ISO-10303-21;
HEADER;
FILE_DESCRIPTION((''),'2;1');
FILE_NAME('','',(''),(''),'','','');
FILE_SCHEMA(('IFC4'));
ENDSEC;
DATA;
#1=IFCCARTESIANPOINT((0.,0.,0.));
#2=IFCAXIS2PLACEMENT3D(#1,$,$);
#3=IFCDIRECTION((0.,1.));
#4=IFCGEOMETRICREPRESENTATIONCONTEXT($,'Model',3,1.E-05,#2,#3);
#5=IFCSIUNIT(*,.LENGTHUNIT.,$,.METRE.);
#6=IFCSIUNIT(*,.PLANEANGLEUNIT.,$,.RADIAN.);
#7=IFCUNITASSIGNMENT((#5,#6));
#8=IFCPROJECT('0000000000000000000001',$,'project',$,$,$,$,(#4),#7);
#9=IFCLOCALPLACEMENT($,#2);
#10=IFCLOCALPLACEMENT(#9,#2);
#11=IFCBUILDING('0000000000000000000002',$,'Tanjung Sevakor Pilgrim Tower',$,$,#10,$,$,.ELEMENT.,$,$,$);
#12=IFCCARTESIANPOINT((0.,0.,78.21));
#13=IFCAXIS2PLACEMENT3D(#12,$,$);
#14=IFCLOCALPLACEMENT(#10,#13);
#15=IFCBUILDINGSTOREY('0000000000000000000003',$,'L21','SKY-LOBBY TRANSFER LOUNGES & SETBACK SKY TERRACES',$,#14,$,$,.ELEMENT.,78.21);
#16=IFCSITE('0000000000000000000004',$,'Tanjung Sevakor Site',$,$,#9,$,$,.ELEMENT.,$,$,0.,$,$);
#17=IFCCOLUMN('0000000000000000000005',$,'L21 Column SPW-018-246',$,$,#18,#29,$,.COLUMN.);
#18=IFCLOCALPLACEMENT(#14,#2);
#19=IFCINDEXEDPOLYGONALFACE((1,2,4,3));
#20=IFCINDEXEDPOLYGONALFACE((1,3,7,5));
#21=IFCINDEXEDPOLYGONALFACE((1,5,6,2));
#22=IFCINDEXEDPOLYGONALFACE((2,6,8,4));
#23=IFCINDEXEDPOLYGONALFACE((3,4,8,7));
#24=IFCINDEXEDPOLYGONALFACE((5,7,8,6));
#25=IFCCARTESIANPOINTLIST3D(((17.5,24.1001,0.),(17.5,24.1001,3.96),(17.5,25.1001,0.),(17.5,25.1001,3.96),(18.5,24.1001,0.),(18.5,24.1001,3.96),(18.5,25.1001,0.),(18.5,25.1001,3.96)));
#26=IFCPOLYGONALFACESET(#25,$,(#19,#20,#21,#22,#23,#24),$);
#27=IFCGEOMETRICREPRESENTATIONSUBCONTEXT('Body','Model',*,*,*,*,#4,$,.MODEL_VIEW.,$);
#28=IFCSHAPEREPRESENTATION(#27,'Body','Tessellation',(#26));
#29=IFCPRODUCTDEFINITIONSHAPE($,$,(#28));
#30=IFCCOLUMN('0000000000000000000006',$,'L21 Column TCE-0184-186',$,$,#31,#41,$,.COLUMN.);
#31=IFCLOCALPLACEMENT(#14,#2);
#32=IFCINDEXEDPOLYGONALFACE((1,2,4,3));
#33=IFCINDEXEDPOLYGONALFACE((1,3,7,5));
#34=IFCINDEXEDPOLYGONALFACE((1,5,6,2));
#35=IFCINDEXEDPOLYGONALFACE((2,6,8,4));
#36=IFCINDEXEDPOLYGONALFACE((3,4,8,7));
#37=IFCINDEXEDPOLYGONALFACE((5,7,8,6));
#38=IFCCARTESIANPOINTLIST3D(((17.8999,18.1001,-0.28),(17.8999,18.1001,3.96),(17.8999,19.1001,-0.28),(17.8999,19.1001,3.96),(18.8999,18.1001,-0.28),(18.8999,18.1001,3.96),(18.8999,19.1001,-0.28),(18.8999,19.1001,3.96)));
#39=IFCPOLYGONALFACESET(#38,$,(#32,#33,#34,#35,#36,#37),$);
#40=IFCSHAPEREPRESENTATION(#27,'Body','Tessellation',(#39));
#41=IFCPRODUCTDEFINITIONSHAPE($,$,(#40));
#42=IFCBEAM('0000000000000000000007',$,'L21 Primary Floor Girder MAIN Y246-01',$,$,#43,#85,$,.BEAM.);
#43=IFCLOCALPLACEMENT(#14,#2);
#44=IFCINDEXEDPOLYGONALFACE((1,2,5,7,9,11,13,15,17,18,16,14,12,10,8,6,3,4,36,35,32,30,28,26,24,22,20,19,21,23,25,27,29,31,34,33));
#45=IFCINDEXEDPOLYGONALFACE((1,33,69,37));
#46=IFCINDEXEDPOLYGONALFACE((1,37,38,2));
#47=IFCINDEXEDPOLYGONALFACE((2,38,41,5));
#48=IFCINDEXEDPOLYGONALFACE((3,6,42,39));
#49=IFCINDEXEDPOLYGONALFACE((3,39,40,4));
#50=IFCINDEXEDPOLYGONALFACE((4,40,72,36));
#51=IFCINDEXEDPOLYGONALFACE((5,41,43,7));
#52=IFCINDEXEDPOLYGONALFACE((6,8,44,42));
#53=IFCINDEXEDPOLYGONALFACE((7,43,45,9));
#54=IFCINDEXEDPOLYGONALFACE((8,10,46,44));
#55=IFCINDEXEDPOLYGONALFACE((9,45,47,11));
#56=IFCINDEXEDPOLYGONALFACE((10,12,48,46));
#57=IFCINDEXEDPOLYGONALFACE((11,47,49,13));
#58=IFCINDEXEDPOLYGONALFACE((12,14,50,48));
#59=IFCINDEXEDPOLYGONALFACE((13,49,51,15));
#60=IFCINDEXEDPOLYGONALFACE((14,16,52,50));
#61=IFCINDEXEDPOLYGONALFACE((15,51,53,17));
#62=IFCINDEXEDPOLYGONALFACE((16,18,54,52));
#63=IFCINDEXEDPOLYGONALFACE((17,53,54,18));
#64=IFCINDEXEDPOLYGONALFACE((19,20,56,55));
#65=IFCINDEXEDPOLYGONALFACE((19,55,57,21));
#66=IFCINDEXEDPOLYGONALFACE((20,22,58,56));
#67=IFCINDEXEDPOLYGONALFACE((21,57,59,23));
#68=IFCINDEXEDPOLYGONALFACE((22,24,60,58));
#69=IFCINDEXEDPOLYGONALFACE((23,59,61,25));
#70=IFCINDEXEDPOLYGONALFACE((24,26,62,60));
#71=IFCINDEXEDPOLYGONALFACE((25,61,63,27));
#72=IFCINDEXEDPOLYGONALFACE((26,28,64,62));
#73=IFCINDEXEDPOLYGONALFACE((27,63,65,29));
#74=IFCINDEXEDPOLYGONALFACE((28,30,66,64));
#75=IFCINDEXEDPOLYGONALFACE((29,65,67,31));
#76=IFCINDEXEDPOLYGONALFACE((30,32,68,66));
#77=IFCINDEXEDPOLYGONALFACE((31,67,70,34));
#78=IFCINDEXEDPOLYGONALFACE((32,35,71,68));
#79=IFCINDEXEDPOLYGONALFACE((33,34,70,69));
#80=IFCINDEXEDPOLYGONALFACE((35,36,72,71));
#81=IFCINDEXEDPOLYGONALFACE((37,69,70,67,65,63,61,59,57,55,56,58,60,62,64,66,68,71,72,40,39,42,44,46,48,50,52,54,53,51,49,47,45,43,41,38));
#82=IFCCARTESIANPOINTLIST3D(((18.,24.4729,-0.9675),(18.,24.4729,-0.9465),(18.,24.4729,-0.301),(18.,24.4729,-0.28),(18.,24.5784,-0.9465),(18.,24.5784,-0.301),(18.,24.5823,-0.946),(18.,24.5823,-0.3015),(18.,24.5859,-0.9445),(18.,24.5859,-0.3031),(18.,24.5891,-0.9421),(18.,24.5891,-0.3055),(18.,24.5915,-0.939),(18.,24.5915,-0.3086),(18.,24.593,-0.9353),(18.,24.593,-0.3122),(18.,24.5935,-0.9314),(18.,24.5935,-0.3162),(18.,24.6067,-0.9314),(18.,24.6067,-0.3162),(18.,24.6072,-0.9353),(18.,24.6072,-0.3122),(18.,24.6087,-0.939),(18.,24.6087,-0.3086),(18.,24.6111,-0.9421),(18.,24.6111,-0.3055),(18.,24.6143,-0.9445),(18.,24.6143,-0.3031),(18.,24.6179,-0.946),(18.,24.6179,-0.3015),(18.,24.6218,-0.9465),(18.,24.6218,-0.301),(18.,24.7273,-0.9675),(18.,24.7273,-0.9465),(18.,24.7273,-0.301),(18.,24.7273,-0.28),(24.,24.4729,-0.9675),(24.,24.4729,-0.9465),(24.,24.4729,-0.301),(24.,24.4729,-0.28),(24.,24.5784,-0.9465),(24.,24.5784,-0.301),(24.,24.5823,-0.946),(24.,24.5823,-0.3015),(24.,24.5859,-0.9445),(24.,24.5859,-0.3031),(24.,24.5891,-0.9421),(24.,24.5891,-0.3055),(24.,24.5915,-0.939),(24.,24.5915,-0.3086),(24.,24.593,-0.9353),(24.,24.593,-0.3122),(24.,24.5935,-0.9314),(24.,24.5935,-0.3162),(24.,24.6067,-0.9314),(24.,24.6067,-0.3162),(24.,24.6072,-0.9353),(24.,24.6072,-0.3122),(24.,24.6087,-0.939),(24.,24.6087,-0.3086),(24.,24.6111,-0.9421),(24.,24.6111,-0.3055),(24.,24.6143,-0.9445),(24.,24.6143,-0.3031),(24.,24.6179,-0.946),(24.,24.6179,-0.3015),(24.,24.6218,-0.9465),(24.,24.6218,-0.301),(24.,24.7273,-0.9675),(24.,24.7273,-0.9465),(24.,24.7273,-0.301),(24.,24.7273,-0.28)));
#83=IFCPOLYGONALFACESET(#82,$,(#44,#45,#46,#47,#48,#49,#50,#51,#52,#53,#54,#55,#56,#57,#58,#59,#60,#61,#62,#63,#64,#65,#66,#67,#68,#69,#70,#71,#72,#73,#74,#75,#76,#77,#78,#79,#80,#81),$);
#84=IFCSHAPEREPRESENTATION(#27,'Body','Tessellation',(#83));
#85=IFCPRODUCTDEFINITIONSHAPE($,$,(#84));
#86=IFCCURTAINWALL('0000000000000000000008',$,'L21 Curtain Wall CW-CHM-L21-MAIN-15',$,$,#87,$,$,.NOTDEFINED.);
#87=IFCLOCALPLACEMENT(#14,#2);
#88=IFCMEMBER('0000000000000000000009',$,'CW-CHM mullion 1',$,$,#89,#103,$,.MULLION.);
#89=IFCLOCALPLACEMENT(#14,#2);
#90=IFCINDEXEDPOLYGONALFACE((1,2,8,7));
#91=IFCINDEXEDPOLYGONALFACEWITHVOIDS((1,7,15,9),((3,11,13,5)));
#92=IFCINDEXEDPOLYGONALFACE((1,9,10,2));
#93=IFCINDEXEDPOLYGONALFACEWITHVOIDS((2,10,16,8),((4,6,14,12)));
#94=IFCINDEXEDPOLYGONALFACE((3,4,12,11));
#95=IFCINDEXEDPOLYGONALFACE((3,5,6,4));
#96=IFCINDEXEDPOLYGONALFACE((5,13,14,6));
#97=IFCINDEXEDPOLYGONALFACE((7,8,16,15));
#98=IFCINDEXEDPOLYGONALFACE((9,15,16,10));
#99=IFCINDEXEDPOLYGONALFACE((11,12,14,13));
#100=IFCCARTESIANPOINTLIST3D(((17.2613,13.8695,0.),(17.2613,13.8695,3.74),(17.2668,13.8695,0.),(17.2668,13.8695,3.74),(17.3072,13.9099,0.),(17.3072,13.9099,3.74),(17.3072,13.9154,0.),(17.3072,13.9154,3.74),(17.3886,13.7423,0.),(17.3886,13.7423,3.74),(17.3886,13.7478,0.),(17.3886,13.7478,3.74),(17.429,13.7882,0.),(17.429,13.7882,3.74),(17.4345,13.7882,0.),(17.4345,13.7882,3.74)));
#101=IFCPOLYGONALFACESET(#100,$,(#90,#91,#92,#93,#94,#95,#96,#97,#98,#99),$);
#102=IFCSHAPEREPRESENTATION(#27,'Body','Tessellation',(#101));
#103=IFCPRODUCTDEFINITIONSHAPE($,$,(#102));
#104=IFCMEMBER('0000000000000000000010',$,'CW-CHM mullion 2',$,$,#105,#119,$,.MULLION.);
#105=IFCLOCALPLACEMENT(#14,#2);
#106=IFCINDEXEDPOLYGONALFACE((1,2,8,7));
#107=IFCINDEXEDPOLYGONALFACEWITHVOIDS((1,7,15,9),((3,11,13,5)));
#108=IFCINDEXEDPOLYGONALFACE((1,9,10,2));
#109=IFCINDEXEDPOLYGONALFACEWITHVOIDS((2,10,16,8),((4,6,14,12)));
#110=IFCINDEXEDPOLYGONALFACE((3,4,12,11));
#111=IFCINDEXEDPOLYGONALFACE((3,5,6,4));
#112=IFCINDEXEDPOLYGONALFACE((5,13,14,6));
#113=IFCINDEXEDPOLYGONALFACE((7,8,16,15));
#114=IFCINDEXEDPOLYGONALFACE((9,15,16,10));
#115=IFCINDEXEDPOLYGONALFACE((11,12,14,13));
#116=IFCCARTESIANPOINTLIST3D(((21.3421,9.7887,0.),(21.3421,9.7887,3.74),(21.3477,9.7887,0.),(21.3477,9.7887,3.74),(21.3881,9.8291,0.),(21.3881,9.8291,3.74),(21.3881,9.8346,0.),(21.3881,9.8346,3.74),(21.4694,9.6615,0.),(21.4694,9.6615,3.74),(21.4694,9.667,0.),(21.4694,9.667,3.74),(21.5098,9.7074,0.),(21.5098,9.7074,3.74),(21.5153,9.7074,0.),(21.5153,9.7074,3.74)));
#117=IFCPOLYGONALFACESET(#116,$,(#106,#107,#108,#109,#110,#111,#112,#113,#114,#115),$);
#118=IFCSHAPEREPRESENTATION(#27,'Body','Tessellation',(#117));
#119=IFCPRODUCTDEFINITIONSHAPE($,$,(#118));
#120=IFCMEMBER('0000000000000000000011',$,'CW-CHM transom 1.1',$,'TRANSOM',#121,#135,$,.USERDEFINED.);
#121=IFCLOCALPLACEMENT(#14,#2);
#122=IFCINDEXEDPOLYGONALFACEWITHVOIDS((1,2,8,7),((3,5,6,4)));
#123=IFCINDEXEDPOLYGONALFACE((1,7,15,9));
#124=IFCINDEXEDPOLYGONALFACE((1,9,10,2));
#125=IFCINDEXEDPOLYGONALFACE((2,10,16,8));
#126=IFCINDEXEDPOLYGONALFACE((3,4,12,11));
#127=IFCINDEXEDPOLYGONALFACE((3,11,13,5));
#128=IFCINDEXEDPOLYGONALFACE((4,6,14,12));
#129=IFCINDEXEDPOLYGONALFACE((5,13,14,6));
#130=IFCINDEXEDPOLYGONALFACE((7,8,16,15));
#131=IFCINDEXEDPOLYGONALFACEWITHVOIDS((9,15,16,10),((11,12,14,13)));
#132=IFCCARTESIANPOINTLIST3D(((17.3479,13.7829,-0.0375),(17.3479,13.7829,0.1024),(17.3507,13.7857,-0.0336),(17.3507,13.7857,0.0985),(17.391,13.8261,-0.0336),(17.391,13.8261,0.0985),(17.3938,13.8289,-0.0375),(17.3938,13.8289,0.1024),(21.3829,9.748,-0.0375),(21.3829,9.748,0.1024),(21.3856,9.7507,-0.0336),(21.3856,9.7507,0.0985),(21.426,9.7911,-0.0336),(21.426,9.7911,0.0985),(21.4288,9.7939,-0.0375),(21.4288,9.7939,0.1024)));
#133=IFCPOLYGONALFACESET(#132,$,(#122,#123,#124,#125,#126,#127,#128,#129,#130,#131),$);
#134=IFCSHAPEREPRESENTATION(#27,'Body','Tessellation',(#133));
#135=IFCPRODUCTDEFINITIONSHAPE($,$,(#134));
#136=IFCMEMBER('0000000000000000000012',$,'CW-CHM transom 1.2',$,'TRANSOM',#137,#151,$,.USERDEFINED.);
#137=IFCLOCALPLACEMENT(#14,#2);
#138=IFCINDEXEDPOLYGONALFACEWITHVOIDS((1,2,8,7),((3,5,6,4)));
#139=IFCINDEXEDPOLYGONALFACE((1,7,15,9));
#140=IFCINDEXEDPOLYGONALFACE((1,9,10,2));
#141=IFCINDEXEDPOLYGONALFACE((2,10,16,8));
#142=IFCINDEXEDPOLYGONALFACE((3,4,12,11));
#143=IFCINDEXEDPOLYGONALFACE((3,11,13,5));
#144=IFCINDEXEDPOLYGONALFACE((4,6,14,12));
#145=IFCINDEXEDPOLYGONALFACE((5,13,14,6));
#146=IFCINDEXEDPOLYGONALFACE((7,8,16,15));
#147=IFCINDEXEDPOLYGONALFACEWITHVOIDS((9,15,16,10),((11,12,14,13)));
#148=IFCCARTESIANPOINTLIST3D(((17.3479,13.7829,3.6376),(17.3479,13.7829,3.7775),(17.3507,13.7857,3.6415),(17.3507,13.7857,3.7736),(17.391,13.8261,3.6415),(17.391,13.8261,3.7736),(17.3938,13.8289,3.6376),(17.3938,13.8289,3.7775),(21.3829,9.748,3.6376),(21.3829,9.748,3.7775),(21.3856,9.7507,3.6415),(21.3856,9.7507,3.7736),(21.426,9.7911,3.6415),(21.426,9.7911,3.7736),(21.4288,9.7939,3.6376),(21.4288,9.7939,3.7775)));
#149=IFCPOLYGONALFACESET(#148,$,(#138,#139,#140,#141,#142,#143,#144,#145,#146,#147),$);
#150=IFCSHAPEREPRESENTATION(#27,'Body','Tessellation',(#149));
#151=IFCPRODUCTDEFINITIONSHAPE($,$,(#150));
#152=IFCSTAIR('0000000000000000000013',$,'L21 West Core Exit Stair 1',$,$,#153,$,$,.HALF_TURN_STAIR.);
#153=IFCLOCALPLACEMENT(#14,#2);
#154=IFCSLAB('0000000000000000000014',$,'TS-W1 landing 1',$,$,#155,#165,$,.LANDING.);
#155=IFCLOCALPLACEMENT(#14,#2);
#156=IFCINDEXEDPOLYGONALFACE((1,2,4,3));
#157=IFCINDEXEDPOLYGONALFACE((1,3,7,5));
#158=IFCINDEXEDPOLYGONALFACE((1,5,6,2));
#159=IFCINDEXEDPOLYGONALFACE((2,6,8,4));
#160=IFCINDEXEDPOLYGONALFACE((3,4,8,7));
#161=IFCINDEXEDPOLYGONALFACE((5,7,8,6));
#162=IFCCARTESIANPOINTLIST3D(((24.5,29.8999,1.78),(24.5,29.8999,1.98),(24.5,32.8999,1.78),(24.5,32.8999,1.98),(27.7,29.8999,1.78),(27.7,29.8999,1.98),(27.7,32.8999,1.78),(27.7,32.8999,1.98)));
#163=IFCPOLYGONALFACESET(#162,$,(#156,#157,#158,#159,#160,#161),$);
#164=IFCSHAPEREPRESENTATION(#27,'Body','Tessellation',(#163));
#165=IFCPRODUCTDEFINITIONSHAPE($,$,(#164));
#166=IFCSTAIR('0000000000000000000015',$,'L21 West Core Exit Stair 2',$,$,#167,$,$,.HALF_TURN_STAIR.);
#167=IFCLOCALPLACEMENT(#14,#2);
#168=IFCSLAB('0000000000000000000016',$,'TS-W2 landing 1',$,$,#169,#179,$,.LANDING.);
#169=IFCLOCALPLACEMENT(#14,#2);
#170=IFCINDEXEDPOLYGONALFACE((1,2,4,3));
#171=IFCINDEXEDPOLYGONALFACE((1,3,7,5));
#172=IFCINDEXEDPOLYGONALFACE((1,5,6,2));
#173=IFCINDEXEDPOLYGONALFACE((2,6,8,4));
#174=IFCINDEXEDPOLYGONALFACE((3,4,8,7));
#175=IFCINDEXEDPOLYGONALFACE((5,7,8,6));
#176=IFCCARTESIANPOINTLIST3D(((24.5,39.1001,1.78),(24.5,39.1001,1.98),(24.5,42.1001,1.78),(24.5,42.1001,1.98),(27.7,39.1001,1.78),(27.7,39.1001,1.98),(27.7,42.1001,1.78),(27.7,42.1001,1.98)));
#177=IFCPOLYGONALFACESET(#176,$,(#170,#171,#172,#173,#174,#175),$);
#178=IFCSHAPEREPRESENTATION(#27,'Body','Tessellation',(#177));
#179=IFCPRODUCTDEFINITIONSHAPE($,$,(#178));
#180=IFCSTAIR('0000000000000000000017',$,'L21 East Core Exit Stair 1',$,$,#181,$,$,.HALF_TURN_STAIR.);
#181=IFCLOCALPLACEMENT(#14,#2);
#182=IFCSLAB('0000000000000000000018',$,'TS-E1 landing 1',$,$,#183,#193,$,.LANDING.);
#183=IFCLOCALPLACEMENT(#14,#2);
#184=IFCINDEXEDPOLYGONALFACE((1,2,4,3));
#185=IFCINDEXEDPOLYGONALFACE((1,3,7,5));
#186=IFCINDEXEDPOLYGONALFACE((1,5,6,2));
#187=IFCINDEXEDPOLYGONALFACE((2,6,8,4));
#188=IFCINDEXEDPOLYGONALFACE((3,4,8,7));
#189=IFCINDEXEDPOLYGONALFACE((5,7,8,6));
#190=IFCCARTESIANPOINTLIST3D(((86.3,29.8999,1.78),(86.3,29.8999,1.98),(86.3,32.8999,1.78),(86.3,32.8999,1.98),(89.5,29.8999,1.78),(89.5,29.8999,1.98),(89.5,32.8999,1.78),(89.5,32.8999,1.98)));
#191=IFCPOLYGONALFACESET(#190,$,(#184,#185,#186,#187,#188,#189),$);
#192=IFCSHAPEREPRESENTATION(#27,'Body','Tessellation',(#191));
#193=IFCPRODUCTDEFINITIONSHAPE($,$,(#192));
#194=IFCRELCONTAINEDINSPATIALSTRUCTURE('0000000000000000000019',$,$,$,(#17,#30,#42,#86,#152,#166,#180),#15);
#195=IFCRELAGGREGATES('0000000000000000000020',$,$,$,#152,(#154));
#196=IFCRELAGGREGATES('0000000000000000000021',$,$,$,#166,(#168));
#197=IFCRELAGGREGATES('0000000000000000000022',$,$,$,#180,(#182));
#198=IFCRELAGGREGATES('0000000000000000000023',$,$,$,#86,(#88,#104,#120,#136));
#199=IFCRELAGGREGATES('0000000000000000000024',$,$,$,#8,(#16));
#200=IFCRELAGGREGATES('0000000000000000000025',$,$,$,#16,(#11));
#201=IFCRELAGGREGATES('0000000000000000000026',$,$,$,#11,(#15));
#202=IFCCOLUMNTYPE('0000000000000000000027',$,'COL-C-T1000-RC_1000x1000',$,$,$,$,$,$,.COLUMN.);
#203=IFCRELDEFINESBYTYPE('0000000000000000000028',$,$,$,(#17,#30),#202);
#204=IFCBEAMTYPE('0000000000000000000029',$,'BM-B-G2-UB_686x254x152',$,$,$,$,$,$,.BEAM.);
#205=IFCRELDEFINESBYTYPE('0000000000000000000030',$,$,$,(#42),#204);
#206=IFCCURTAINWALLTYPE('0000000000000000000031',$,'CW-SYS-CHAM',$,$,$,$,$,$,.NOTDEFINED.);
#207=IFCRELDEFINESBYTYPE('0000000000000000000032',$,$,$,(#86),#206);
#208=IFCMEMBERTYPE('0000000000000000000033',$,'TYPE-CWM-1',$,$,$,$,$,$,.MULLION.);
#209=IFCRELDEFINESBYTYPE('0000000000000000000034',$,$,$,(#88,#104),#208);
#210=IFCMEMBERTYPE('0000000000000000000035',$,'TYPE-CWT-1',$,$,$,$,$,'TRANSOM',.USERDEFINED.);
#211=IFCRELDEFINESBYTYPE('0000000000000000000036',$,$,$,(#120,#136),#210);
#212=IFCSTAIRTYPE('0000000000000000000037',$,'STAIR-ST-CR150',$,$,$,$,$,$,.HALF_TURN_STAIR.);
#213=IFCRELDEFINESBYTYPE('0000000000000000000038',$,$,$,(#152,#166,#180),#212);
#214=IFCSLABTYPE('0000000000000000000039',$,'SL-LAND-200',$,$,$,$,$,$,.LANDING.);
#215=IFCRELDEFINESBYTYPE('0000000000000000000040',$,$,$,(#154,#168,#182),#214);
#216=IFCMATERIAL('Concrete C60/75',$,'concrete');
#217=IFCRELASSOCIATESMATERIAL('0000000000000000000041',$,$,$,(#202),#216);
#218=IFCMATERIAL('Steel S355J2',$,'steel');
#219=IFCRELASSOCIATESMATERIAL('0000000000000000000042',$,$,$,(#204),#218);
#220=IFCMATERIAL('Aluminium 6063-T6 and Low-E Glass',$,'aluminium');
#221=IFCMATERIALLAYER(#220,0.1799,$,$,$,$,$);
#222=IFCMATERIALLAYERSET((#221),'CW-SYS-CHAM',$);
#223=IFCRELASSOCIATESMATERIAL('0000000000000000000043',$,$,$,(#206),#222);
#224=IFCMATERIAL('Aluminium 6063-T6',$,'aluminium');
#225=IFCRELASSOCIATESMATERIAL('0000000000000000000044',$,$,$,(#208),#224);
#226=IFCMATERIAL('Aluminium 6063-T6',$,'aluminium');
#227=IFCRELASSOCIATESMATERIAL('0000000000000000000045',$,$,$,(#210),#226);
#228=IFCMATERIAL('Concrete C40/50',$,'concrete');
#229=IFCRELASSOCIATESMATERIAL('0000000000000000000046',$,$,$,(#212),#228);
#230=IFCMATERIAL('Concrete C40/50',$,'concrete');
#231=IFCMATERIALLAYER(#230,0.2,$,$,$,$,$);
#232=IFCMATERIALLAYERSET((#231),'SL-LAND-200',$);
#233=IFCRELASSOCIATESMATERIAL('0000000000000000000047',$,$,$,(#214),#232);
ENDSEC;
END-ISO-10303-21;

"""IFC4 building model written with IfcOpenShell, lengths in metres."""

from ifc_helpers import new_model, si_unit, direction, frame, origin, origin_2d, place, context, subcontext, project, spatial, polyline, rectangle, hollow_rectangle, i_section, outline, extrude, material, layer, layer_set, material_profile, profile_set, type_object, element, aggregate, save


model = new_model("IFC4")

# Units and contexts
model_context = context("Model", 3, precision=1e-05, world=origin(), true_north=direction((0.0, 1.0)))
body_context = subcontext(model_context, "Body", "Model", "MODEL_VIEW")
ifc_project = project(units=[si_unit("LENGTHUNIT", "METRE"), si_unit("PLANEANGLEUNIT", "RADIAN")], contexts=[model_context])

# Site, building, storey
site_placement = place(None, origin())
site = spatial("IfcSite", under=ifc_project, at=site_placement, Name="Tanjung Sevakor Site", CompositionType="ELEMENT", RefElevation=0.0)
building_placement = place(site_placement, origin())
building = spatial("IfcBuilding", under=site, at=building_placement, Name="Tanjung Sevakor Pilgrim Tower", CompositionType="ELEMENT")
storey_placement = place(building_placement, frame((0.0, 0.0, 78.21)))
storey = spatial("IfcBuildingStorey", under=building, at=storey_placement, Name="L21", Description="SKY-LOBBY TRANSFER LOUNGES & SETBACK SKY TERRACES", CompositionType="ELEMENT", Elevation=78.21)

# Columns
ifc_material_1 = material(Name="Concrete C60/75", Category="concrete")
ifc_material_profile_1 = material_profile(ifc_material_1, rectangle(XDim=1.0, YDim=1.0, at=origin_2d()))
ifc_profile_set_1 = profile_set([ifc_material_profile_1], Name="Concrete C60/75")
column_type = type_object("IfcColumnType", Name="COL-C-T1000-RC_1000x1000", PredefinedType="COLUMN", material=ifc_profile_set_1)
column_1_placement = place(storey_placement, frame((18.0, 24.6001, 0.0), z_axis=(0.0, 0.0, 1.0), x_axis=(1.0, 0.0, 0.0)))
element("IfcColumn", 1, at=column_1_placement, inside=storey, type_object=column_type, Name="L21 Column SPW-018-246", PredefinedType="COLUMN", context=body_context, shape_type="SweptSolid", body=[
    extrude(rectangle(XDim=1.0, YDim=1.0, at=origin_2d()), origin(), (0.0, 0.0, 1.0), 3.96),
])
column_2_placement = place(storey_placement, frame((18.3999, 18.6001, -0.28), z_axis=(0.0, 0.0, 1.0), x_axis=(1.0, 0.0, 0.0)))
element("IfcColumn", 2, at=column_2_placement, inside=storey, type_object=column_type, Name="L21 Column TCE-0184-186", PredefinedType="COLUMN", context=body_context, shape_type="SweptSolid", body=[
    extrude(rectangle(XDim=1.0, YDim=1.0, at=origin_2d()), origin(), (0.0, 0.0, 1.0), 4.24),
])

# Beam
ifc_material_2 = material(Name="Steel S355J2", Category="steel")
ifc_material_profile_2 = material_profile(ifc_material_2, i_section(OverallWidth=0.2544, OverallDepth=0.6875, WebThickness=0.0132, FlangeThickness=0.021, FilletRadius=0.0151, at=origin_2d()))
ifc_profile_set_2 = profile_set([ifc_material_profile_2], Name="Steel S355J2")
beam_type = type_object("IfcBeamType", Name="BM-B-G2-UB_686x254x152", PredefinedType="BEAM", material=ifc_profile_set_2)
beam_placement = place(storey_placement, frame((18.0, 24.6001, -0.6238), z_axis=(1.0, 0.0, 0.0), x_axis=(0.0, 1.0, 0.0)))
element("IfcBeam", 3, at=beam_placement, inside=storey, type_object=beam_type, Name="L21 Primary Floor Girder MAIN Y246-01", PredefinedType="BEAM", context=body_context, shape_type="SweptSolid", body=[
    extrude(i_section(OverallWidth=0.2544, OverallDepth=0.6875, WebThickness=0.0132, FlangeThickness=0.021, FilletRadius=0.0151, at=origin_2d()), origin(), (0.0, 0.0, 1.0), 6.0),
])

# Curtain wall, members
ifc_material_3 = material(Name="Aluminium 6063-T6 and Low-E Glass", Category="aluminium")
ifc_layer_1 = layer(ifc_material_3, 0.1799)
ifc_layer_set_1 = layer_set([ifc_layer_1], Name="CW-SYS-CHAM")
curtain_wall_type = type_object("IfcCurtainWallType", Name="CW-SYS-CHAM", PredefinedType="NOTDEFINED", material=ifc_layer_set_1)
curtain_wall_placement = place(storey_placement, origin())
curtain_wall = element("IfcCurtainWall", 4, at=curtain_wall_placement, inside=storey, type_object=curtain_wall_type, Name="L21 Curtain Wall CW-CHM-L21-MAIN-15", PredefinedType="NOTDEFINED")
ifc_material_4 = material(Name="Aluminium 6063-T6", Category="aluminium")
ifc_material_profile_3 = material_profile(ifc_material_4, hollow_rectangle(XDim=0.0649, YDim=0.1799, WallThickness=0.0039, at=origin_2d()))
ifc_profile_set_3 = profile_set([ifc_material_profile_3], Name="Aluminium 6063-T6")
member_type_1 = type_object("IfcMemberType", Name="TYPE-CWM-1", PredefinedType="MULLION", material=ifc_profile_set_3)
member_1_placement = place(storey_placement, frame((17.3479, 13.8289, 0.0), z_axis=(0.0, 0.0, 1.0), x_axis=(0.707107, 0.707107, 0.0)))
member_1 = element("IfcMember", 5, at=member_1_placement, type_object=member_type_1, Name="CW-CHM mullion 1", PredefinedType="MULLION", context=body_context, shape_type="SweptSolid", body=[
    extrude(hollow_rectangle(XDim=0.0649, YDim=0.1799, WallThickness=0.0039, at=origin_2d()), origin(), (0.0, 0.0, 1.0), 3.74),
])
member_2_placement = place(storey_placement, frame((21.4287, 9.748, 0.0), z_axis=(0.0, 0.0, 1.0), x_axis=(0.707107, 0.707107, 0.0)))
member_2 = element("IfcMember", 6, at=member_2_placement, type_object=member_type_1, Name="CW-CHM mullion 2", PredefinedType="MULLION", context=body_context, shape_type="SweptSolid", body=[
    extrude(hollow_rectangle(XDim=0.0649, YDim=0.1799, WallThickness=0.0039, at=origin_2d()), origin(), (0.0, 0.0, 1.0), 3.74),
])
ifc_material_5 = material(Name="Aluminium 6063-T6", Category="aluminium")
ifc_material_profile_4 = material_profile(ifc_material_5, hollow_rectangle(XDim=0.0649, YDim=0.1399, WallThickness=0.0039, at=origin_2d()))
ifc_profile_set_4 = profile_set([ifc_material_profile_4], Name="Aluminium 6063-T6")
member_type_2 = type_object("IfcMemberType", Name="TYPE-CWT-1", ElementType="TRANSOM", PredefinedType="USERDEFINED", material=ifc_profile_set_4)
member_3_placement = place(storey_placement, frame((17.3708, 13.8059, 0.0325), z_axis=(0.707107, -0.707107, 0.0), x_axis=(0.707107, 0.707107, 0.0)))
member_3 = element("IfcMember", 7, at=member_3_placement, type_object=member_type_2, Name="CW-CHM transom 1.1", ObjectType="TRANSOM", PredefinedType="USERDEFINED", context=body_context, shape_type="SweptSolid", body=[
    extrude(hollow_rectangle(XDim=0.0649, YDim=0.1399, WallThickness=0.0039, at=origin_2d()), origin(), (0.0, 0.0, 1.0), 5.7063),
])
member_4_placement = place(storey_placement, frame((17.3708, 13.8059, 3.7075), z_axis=(0.707107, -0.707107, 0.0), x_axis=(0.707107, 0.707107, 0.0)))
member_4 = element("IfcMember", 8, at=member_4_placement, type_object=member_type_2, Name="CW-CHM transom 1.2", ObjectType="TRANSOM", PredefinedType="USERDEFINED", context=body_context, shape_type="SweptSolid", body=[
    extrude(hollow_rectangle(XDim=0.0649, YDim=0.1399, WallThickness=0.0039, at=origin_2d()), origin(), (0.0, 0.0, 1.0), 5.7063),
])

# Stairs, slabs
ifc_material_6 = material(Name="Concrete C40/50", Category="concrete")
stair_type = type_object("IfcStairType", Name="STAIR-ST-CR150", PredefinedType="HALF_TURN_STAIR", material=ifc_material_6)
stair_1_placement = place(storey_placement, origin())
stair_1 = element("IfcStair", 9, at=stair_1_placement, inside=storey, type_object=stair_type, Name="L21 West Core Exit Stair 1", PredefinedType="HALF_TURN_STAIR")
ifc_material_7 = material(Name="Concrete C40/50", Category="concrete")
ifc_layer_2 = layer(ifc_material_7, 0.2)
ifc_layer_set_2 = layer_set([ifc_layer_2], Name="SL-LAND-200")
slab_type_1 = type_object("IfcSlabType", Name="SL-LAND-200", PredefinedType="LANDING", material=ifc_layer_set_2)
slab_1_placement = place(storey_placement, frame((0.0, 0.0, 1.78)))
slab_1 = element("IfcSlab", 10, at=slab_1_placement, type_object=slab_type_1, Name="TS-W1 landing 1", PredefinedType="LANDING", context=body_context, shape_type="SweptSolid", body=[
    extrude(outline(polyline([(27.7, 29.8999), (27.7, 32.8999), (24.5, 32.8999), (24.5, 29.8999), (27.7, 29.8999)])), origin(), (0.0, 0.0, 1.0), 0.2),
])
aggregate(stair_1, [slab_1])
stair_2_placement = place(storey_placement, origin())
stair_2 = element("IfcStair", 11, at=stair_2_placement, inside=storey, type_object=stair_type, Name="L21 West Core Exit Stair 2", PredefinedType="HALF_TURN_STAIR")
slab_2_placement = place(storey_placement, frame((0.0, 0.0, 1.78)))
slab_2 = element("IfcSlab", 12, at=slab_2_placement, type_object=slab_type_1, Name="TS-W2 landing 1", PredefinedType="LANDING", context=body_context, shape_type="SweptSolid", body=[
    extrude(outline(polyline([(27.7, 39.1001), (27.7, 42.1001), (24.5, 42.1001), (24.5, 39.1001), (27.7, 39.1001)])), origin(), (0.0, 0.0, 1.0), 0.2),
])
aggregate(stair_2, [slab_2])
stair_3_placement = place(storey_placement, origin())
stair_3 = element("IfcStair", 13, at=stair_3_placement, inside=storey, type_object=stair_type, Name="L21 East Core Exit Stair 1", PredefinedType="HALF_TURN_STAIR")
slab_3_placement = place(storey_placement, frame((0.0, 0.0, 1.78)))
slab_3 = element("IfcSlab", 14, at=slab_3_placement, type_object=slab_type_1, Name="TS-E1 landing 1", PredefinedType="LANDING", context=body_context, shape_type="SweptSolid", body=[
    extrude(outline(polyline([(89.5, 29.8999), (89.5, 32.8999), (86.3, 32.8999), (86.3, 29.8999), (89.5, 29.8999)])), origin(), (0.0, 0.0, 1.0), 0.2),
])
aggregate(stair_3, [slab_3])

aggregate(curtain_wall, [member_1, member_2, member_3, member_4])

save(model, "model.ifc")
